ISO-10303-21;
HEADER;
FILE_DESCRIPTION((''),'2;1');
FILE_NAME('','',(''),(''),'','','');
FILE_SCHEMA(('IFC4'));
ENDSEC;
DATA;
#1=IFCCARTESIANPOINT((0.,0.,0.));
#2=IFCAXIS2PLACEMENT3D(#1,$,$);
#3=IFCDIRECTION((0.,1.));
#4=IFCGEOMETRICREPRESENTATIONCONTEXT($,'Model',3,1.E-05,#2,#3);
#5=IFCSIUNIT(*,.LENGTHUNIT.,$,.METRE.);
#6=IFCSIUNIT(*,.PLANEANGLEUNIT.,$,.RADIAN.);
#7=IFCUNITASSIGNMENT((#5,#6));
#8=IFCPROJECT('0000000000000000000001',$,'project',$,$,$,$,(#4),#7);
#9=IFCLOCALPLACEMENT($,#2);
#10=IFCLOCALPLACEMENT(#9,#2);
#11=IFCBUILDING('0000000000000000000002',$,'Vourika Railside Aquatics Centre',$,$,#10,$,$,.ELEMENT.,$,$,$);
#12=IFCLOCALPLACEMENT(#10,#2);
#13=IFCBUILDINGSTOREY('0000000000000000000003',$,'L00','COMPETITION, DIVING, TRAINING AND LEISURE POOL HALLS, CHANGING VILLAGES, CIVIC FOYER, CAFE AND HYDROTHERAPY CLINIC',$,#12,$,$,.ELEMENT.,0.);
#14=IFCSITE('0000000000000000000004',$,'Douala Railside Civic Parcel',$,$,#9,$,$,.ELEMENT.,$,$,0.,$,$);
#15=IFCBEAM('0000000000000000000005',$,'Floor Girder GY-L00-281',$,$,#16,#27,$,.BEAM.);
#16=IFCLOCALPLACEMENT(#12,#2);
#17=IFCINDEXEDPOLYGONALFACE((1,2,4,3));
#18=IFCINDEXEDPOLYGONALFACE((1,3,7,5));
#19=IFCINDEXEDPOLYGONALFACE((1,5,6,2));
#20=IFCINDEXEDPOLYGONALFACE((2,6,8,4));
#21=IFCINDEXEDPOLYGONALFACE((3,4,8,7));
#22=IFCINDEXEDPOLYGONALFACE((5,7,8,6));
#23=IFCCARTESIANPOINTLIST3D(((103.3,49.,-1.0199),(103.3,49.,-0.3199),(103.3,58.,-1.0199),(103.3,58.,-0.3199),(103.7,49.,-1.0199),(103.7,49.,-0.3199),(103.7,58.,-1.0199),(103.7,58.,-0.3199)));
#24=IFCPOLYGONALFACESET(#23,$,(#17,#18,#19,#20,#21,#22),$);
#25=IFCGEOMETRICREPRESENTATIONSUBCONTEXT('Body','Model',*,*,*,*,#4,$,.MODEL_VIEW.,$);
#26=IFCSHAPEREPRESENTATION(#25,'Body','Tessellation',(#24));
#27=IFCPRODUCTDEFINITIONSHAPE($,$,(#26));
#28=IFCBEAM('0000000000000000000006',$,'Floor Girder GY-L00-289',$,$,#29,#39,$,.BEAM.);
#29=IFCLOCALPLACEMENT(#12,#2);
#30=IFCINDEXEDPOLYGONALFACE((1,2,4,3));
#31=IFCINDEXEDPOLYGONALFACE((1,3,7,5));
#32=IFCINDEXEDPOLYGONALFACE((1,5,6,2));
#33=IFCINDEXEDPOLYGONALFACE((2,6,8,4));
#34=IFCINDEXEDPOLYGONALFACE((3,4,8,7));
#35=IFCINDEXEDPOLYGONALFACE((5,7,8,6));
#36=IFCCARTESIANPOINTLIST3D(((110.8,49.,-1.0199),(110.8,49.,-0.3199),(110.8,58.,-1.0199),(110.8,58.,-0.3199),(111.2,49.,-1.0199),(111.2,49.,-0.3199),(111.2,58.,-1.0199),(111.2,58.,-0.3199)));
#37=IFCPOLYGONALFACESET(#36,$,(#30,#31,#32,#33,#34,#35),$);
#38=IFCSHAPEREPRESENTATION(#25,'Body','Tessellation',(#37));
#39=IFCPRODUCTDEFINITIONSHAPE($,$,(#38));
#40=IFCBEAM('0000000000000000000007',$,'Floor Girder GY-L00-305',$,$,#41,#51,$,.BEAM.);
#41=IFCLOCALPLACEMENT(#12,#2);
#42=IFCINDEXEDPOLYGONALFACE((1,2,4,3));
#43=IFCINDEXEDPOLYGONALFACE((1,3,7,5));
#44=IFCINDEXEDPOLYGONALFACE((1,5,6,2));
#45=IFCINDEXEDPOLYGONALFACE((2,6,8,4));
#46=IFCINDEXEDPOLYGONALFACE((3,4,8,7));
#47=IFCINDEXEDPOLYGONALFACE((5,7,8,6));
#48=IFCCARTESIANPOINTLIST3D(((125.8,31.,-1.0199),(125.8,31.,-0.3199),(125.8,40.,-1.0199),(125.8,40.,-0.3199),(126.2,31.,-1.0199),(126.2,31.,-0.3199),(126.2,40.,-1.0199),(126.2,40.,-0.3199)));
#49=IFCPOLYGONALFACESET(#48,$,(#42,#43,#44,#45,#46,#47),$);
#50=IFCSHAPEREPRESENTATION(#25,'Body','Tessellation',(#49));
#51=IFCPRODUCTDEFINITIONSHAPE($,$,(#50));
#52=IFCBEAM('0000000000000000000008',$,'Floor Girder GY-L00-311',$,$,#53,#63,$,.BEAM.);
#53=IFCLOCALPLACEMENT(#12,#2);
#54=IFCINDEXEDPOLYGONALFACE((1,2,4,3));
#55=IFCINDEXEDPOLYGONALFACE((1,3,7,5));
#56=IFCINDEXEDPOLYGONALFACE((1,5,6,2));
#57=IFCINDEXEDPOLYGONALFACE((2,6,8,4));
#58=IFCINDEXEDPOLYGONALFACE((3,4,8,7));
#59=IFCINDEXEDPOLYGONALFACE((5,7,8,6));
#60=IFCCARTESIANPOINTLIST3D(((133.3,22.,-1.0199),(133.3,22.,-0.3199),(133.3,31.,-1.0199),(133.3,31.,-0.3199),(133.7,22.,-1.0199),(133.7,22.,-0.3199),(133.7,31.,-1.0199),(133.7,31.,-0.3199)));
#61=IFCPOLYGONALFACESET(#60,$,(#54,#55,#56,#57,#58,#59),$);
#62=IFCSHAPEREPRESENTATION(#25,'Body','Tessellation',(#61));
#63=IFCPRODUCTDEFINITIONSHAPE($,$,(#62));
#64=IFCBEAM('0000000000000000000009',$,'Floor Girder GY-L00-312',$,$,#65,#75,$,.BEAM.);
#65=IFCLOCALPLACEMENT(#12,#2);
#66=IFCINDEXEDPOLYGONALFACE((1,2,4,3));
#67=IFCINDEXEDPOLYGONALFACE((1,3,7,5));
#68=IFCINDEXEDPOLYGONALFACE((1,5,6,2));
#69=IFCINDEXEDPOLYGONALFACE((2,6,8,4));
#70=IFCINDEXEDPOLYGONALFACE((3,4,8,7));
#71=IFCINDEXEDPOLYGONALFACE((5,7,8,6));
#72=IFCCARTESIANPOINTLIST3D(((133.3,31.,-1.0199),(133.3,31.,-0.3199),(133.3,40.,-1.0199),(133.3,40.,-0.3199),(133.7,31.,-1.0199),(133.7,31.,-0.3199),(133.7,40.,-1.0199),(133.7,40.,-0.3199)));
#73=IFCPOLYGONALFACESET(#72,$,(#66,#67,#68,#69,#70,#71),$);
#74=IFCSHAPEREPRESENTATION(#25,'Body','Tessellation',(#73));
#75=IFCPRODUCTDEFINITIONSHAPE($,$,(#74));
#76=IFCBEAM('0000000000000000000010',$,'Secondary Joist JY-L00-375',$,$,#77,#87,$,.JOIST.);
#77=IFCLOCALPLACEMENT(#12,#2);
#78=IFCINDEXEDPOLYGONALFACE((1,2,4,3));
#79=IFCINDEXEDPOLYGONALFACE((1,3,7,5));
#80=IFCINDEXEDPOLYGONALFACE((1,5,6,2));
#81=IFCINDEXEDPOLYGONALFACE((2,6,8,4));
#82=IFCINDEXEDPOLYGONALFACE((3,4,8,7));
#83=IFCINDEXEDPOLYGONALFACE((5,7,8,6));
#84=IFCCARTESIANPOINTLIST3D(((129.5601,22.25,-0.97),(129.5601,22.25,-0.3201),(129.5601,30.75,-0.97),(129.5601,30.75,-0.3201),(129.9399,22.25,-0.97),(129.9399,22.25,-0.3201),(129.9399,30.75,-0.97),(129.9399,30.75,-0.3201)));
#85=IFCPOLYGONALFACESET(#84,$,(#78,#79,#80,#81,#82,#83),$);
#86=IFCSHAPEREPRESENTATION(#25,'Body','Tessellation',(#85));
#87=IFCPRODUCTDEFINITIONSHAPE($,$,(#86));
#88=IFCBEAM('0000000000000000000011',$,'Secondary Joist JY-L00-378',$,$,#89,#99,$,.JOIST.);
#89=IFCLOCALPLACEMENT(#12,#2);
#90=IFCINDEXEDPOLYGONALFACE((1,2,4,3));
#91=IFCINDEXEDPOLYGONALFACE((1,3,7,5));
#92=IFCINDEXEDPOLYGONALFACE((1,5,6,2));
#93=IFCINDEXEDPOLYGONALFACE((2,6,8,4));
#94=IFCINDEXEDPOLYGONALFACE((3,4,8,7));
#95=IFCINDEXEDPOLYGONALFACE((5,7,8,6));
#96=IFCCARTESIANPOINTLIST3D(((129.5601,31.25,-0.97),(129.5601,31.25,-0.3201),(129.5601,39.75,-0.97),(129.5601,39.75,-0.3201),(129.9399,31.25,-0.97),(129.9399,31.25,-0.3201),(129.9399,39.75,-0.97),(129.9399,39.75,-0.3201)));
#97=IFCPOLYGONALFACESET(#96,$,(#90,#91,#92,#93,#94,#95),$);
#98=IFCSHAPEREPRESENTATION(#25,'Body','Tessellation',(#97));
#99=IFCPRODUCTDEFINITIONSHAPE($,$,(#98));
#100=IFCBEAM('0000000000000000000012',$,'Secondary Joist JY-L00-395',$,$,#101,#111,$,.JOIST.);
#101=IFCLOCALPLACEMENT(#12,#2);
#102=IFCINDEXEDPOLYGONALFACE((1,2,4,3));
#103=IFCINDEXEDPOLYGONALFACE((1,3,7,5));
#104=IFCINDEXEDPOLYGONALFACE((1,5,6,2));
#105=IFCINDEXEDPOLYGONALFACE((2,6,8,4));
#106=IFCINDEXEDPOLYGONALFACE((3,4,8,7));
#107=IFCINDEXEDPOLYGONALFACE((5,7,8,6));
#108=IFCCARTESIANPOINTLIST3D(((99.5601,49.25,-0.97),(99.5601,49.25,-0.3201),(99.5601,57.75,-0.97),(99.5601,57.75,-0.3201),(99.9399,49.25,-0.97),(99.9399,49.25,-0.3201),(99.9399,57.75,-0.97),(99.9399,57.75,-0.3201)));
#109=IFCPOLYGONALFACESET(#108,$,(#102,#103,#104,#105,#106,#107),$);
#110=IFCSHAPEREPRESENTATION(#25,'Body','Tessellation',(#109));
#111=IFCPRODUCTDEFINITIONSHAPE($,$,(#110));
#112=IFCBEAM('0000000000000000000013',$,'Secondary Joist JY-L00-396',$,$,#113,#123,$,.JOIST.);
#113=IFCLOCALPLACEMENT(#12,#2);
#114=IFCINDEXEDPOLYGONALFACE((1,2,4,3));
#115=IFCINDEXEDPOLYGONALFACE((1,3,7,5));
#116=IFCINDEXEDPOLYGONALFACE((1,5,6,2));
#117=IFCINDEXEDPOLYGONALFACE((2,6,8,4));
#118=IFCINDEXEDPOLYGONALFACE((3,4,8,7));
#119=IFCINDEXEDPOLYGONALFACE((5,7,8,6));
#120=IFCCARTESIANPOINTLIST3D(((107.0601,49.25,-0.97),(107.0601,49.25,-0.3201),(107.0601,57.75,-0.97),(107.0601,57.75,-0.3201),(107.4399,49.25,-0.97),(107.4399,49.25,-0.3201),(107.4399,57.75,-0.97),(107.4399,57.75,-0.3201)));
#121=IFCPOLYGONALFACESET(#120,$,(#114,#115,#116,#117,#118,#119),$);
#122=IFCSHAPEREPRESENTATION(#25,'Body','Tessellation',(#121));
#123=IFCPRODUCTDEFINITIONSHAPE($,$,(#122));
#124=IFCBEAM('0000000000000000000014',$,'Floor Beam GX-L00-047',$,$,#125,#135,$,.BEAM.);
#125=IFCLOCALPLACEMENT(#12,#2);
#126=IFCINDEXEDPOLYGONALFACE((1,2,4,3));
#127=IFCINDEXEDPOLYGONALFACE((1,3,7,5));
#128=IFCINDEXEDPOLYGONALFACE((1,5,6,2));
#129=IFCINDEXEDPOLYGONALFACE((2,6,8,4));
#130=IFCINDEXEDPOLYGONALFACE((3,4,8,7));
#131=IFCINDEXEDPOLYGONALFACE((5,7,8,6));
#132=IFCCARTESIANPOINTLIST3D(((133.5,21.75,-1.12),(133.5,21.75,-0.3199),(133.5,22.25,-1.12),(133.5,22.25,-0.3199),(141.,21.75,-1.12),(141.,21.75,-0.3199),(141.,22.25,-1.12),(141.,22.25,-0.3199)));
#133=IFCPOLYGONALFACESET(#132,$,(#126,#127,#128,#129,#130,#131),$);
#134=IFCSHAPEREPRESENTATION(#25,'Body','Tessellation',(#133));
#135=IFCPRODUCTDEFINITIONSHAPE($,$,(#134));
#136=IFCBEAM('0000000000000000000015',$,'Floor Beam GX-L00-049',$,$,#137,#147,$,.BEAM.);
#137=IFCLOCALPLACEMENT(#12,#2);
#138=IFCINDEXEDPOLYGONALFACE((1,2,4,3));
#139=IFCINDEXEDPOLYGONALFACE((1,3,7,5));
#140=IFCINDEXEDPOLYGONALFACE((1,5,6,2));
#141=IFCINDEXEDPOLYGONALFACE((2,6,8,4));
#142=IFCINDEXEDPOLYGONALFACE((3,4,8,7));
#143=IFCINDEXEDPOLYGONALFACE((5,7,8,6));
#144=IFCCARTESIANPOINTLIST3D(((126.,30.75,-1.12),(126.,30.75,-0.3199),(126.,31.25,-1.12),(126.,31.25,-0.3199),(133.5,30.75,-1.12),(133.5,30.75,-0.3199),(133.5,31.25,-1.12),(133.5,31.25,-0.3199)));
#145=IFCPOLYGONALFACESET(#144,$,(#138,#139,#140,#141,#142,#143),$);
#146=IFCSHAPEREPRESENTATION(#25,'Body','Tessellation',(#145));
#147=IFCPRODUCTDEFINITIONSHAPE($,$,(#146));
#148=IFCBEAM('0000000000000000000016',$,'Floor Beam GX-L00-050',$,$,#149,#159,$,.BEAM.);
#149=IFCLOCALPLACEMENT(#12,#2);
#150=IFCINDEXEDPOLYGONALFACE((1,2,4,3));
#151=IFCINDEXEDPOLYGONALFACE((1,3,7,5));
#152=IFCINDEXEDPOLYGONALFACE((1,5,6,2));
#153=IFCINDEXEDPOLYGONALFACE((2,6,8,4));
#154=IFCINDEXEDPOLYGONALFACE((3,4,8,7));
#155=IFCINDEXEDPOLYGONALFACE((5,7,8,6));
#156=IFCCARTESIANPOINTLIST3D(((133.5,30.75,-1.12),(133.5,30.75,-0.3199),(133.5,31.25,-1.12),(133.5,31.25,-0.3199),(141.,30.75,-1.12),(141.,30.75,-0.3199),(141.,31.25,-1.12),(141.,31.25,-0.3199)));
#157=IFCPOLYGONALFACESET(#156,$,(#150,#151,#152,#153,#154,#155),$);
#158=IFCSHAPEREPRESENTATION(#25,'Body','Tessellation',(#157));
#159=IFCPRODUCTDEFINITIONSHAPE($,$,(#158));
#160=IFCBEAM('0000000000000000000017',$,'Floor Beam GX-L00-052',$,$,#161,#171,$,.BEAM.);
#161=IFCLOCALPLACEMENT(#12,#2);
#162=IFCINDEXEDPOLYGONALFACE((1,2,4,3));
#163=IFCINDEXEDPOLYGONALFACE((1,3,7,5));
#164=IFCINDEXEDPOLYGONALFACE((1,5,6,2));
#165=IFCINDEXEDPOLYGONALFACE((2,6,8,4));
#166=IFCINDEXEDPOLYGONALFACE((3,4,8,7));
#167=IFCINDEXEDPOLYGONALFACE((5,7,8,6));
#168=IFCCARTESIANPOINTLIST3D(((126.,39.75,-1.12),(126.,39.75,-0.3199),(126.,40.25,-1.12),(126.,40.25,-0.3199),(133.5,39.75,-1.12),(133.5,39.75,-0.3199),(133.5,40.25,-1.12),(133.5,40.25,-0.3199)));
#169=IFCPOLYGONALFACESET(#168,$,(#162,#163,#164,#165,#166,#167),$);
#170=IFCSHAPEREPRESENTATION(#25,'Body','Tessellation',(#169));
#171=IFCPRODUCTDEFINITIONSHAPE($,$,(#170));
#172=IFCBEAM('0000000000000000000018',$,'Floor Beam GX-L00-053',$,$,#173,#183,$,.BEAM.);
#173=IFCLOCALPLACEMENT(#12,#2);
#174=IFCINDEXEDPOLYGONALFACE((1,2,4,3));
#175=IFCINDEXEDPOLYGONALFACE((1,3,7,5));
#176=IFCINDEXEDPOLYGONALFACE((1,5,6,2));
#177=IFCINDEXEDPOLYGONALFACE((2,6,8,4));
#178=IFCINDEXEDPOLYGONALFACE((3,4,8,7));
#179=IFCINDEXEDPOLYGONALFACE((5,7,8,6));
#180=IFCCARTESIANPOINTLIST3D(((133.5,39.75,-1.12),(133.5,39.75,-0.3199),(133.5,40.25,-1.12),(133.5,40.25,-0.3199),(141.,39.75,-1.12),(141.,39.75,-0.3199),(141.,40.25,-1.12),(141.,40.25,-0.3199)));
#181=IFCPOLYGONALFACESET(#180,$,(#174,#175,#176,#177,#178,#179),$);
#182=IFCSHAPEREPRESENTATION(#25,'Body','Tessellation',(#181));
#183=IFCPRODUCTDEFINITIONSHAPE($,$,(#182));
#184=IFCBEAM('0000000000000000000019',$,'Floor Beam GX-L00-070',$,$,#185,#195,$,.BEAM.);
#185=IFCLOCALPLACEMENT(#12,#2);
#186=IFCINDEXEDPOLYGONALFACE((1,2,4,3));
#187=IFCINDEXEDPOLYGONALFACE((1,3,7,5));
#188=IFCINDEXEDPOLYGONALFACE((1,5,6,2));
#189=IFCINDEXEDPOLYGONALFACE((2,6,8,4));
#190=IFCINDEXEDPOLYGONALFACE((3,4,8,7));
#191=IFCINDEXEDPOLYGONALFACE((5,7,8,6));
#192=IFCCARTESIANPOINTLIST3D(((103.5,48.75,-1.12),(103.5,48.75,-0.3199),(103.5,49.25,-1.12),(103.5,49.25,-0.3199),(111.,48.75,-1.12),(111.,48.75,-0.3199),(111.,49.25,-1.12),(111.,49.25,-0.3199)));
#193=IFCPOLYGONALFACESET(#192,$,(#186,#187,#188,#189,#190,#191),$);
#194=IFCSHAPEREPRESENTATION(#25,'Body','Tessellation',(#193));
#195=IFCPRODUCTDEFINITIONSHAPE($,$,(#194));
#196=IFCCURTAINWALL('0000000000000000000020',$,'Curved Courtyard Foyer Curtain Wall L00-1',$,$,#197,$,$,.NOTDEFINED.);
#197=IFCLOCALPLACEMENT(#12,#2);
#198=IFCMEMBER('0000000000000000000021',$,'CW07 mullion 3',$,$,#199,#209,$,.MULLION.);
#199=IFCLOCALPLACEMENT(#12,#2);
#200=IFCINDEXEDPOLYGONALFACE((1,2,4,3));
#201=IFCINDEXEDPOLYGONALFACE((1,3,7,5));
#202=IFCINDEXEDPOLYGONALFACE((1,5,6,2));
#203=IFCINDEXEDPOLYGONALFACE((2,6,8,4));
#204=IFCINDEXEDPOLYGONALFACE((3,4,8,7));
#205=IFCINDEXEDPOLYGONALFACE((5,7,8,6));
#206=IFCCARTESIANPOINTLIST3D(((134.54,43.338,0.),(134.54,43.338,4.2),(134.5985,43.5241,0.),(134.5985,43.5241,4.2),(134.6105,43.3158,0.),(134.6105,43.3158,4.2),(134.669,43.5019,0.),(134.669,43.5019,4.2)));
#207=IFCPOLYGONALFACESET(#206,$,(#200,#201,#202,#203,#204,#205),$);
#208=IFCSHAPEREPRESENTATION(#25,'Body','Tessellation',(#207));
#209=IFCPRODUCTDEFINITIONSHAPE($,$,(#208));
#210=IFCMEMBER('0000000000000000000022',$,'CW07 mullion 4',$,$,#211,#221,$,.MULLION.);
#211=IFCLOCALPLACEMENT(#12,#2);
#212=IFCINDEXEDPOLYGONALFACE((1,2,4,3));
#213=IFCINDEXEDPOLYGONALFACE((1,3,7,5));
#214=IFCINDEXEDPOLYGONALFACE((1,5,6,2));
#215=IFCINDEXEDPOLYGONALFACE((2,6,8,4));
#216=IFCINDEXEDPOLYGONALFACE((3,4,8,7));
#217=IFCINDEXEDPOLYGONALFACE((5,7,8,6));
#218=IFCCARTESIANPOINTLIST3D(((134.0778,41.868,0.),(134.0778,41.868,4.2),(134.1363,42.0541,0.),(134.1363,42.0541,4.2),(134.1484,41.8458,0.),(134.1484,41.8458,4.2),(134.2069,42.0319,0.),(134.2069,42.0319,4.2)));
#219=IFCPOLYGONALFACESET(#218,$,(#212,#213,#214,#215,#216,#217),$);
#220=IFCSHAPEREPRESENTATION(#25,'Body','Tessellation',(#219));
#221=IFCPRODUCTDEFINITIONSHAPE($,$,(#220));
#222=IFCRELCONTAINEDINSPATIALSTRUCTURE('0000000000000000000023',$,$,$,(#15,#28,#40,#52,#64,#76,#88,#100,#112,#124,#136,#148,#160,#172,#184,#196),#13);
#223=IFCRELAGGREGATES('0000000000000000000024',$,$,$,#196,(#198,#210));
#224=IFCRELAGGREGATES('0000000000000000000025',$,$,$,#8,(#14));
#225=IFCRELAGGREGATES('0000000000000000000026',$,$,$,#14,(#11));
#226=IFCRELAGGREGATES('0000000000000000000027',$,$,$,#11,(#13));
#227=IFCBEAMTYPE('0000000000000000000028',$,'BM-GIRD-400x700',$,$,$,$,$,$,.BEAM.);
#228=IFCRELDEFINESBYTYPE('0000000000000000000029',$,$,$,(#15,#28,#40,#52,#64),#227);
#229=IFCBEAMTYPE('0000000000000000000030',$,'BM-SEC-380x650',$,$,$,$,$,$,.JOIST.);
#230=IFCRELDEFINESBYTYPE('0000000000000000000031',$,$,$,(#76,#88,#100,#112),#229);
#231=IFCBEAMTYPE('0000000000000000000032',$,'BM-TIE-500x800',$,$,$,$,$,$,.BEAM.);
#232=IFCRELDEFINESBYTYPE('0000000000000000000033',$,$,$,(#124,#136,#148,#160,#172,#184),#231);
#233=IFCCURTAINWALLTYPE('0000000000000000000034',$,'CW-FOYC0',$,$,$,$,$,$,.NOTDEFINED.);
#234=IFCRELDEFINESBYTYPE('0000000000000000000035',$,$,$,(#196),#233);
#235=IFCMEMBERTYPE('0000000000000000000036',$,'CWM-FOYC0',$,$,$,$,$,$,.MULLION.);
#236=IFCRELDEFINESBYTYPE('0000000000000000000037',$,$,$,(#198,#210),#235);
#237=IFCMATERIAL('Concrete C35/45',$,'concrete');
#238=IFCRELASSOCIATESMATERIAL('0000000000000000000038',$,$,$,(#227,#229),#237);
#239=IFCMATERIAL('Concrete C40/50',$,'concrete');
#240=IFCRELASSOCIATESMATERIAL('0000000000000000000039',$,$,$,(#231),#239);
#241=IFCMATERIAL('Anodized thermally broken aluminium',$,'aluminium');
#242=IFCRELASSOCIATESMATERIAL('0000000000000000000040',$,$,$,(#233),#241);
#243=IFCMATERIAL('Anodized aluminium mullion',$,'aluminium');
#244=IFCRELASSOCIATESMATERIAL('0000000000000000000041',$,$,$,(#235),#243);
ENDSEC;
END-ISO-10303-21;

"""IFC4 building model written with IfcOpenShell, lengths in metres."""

from ifc_helpers import new_model, si_unit, direction, frame, origin, origin_2d, place, context, subcontext, project, spatial, rectangle, extrude, material, material_profile, profile_set, type_object, element, aggregate, save


model = new_model("IFC4")

# Units and contexts
model_context = context("Model", 3, precision=1e-05, world=origin(), true_north=direction((0.0, 1.0)))
body_context = subcontext(model_context, "Body", "Model", "MODEL_VIEW")
ifc_project = project(units=[si_unit("LENGTHUNIT", "METRE"), si_unit("PLANEANGLEUNIT", "RADIAN")], contexts=[model_context])

# Site, building, storey
site_placement = place(None, origin())
site = spatial("IfcSite", under=ifc_project, at=site_placement, Name="Douala Railside Civic Parcel", CompositionType="ELEMENT", RefElevation=0.0)
building_placement = place(site_placement, origin())
building = spatial("IfcBuilding", under=site, at=building_placement, Name="Vourika Railside Aquatics Centre", CompositionType="ELEMENT")
storey_placement = place(building_placement, origin())
storey = spatial("IfcBuildingStorey", under=building, at=storey_placement, Name="L00", Description="COMPETITION, DIVING, TRAINING AND LEISURE POOL HALLS, CHANGING VILLAGES, CIVIC FOYER, CAFE AND HYDROTHERAPY CLINIC", CompositionType="ELEMENT", Elevation=0.0)

# Beams
ifc_material_1 = material(Name="Concrete C35/45", Category="concrete")
ifc_material_profile_1 = material_profile(ifc_material_1, rectangle(XDim=0.3999, YDim=0.7, at=origin_2d()), Name="RC 400x700")
ifc_profile_set_1 = profile_set([ifc_material_profile_1], Name="Concrete C35/45")
beam_type_1 = type_object("IfcBeamType", Name="BM-GIRD-400x700", PredefinedType="BEAM", material=ifc_profile_set_1)
for number, where, z_axis, x_axis, name in (
    (1, (103.5, 49.0, -0.6699), (0.0, 1.0, 0.0), (-1.0, 0.0, 0.0), "Floor Girder GY-L00-281"),
    (2, (111.0, 49.0, -0.6699), (0.0, 1.0, 0.0), (-1.0, 0.0, 0.0), "Floor Girder GY-L00-289"),
    (3, (126.0, 31.0, -0.6699), (0.0, 1.0, 0.0), (-1.0, 0.0, 0.0), "Floor Girder GY-L00-305"),
    (4, (133.5, 22.0, -0.6699), (0.0, 1.0, 0.0), (-1.0, 0.0, 0.0), "Floor Girder GY-L00-311"),
    (5, (133.5, 31.0, -0.6699), (0.0, 1.0, 0.0), (-1.0, 0.0, 0.0), "Floor Girder GY-L00-312"),
):
    element("IfcBeam", number, at=place(storey_placement, frame(where, z_axis=z_axis, x_axis=x_axis)), inside=storey, type_object=beam_type_1, Name=name, PredefinedType="BEAM", context=body_context, shape_type="SweptSolid", body=[
        extrude(rectangle(XDim=0.3999, YDim=0.7, at=origin_2d()), origin(), (0.0, 0.0, 1.0), 9.0),
    ])
ifc_material_profile_2 = material_profile(ifc_material_1, rectangle(XDim=0.3799, YDim=0.6499, at=origin_2d()), Name="RC 380x650")
ifc_profile_set_2 = profile_set([ifc_material_profile_2], Name="Concrete C35/45")
beam_type_2 = type_object("IfcBeamType", Name="BM-SEC-380x650", PredefinedType="JOIST", material=ifc_profile_set_2)
for number, where, z_axis, x_axis, name in (
    (6, (129.75, 22.25, -0.645), (0.0, 1.0, 0.0), (-1.0, 0.0, 0.0), "Secondary Joist JY-L00-375"),
    (7, (129.75, 31.25, -0.645), (0.0, 1.0, 0.0), (-1.0, 0.0, 0.0), "Secondary Joist JY-L00-378"),
    (8, (99.75, 49.25, -0.645), (0.0, 1.0, 0.0), (-1.0, 0.0, 0.0), "Secondary Joist JY-L00-395"),
    (9, (107.25, 49.25, -0.645), (0.0, 1.0, 0.0), (-1.0, 0.0, 0.0), "Secondary Joist JY-L00-396"),
):
    element("IfcBeam", number, at=place(storey_placement, frame(where, z_axis=z_axis, x_axis=x_axis)), inside=storey, type_object=beam_type_2, Name=name, PredefinedType="JOIST", context=body_context, shape_type="SweptSolid", body=[
        extrude(rectangle(XDim=0.3799, YDim=0.6499, at=origin_2d()), origin(), (0.0, 0.0, 1.0), 8.5),
    ])
ifc_material_2 = material(Name="Concrete C40/50", Category="concrete")
ifc_material_profile_3 = material_profile(ifc_material_2, rectangle(XDim=0.5, YDim=0.8, at=origin_2d()), Name="RC 500x800")
ifc_profile_set_3 = profile_set([ifc_material_profile_3], Name="Concrete C40/50")
beam_type_3 = type_object("IfcBeamType", Name="BM-TIE-500x800", PredefinedType="BEAM", material=ifc_profile_set_3)
for number, where, z_axis, x_axis, name in (
    (10, (133.5, 22.0, -0.72), (1.0, 0.0, 0.0), (0.0, 1.0, 0.0), "Floor Beam GX-L00-047"),
    (11, (126.0, 31.0, -0.72), (1.0, 0.0, 0.0), (0.0, 1.0, 0.0), "Floor Beam GX-L00-049"),
    (12, (133.5, 31.0, -0.72), (1.0, 0.0, 0.0), (0.0, 1.0, 0.0), "Floor Beam GX-L00-050"),
    (13, (126.0, 40.0, -0.72), (1.0, 0.0, 0.0), (0.0, 1.0, 0.0), "Floor Beam GX-L00-052"),
    (14, (133.5, 40.0, -0.72), (1.0, 0.0, 0.0), (0.0, 1.0, 0.0), "Floor Beam GX-L00-053"),
    (15, (103.5, 49.0, -0.72), (1.0, 0.0, 0.0), (0.0, 1.0, 0.0), "Floor Beam GX-L00-070"),
):
    element("IfcBeam", number, at=place(storey_placement, frame(where, z_axis=z_axis, x_axis=x_axis)), inside=storey, type_object=beam_type_3, Name=name, PredefinedType="BEAM", context=body_context, shape_type="SweptSolid", body=[
        extrude(rectangle(XDim=0.5, YDim=0.8, at=origin_2d()), origin(), (0.0, 0.0, 1.0), 7.5),
    ])

# Curtain wall, members
ifc_material_3 = material(Name="Anodized thermally broken aluminium", Category="aluminium")
curtain_wall_type = type_object("IfcCurtainWallType", Name="CW-FOYC0", PredefinedType="NOTDEFINED", material=ifc_material_3)
curtain_wall_placement = place(storey_placement, origin())
curtain_wall = element("IfcCurtainWall", 16, at=curtain_wall_placement, inside=storey, type_object=curtain_wall_type, Name="Curved Courtyard Foyer Curtain Wall L00-1", PredefinedType="NOTDEFINED")
ifc_material_4 = material(Name="Anodized aluminium mullion", Category="aluminium")
ifc_material_profile_4 = material_profile(ifc_material_4, rectangle(XDim=0.074, YDim=0.1951, at=origin_2d()), Name="ALU-M 74x195")
ifc_profile_set_4 = profile_set([ifc_material_profile_4], Name="Anodized aluminium mullion")
member_type_1 = type_object("IfcMemberType", Name="CWM-FOYC0", PredefinedType="MULLION", material=ifc_profile_set_4)
member_1_placement = place(storey_placement, frame((134.6045, 43.4199, 0.0), z_axis=(0.0, 0.0, 1.0), x_axis=(0.953947, -0.299974, 0.0)))
member_1 = element("IfcMember", 17, at=member_1_placement, type_object=member_type_1, Name="CW07 mullion 3", PredefinedType="MULLION", context=body_context, shape_type="SweptSolid", body=[
    extrude(rectangle(XDim=0.074, YDim=0.1951, at=origin_2d()), origin(), (0.0, 0.0, 1.0), 4.2),
])
member_2_placement = place(storey_placement, frame((134.1423, 41.95, 0.0), z_axis=(0.0, 0.0, 1.0), x_axis=(0.953947, -0.299974, 0.0)))
member_2 = element("IfcMember", 18, at=member_2_placement, type_object=member_type_1, Name="CW07 mullion 4", PredefinedType="MULLION", context=body_context, shape_type="SweptSolid", body=[
    extrude(rectangle(XDim=0.074, YDim=0.1951, at=origin_2d()), origin(), (0.0, 0.0, 1.0), 4.2),
])
aggregate(curtain_wall, [member_1, member_2])

save(model, "model.ifc")
